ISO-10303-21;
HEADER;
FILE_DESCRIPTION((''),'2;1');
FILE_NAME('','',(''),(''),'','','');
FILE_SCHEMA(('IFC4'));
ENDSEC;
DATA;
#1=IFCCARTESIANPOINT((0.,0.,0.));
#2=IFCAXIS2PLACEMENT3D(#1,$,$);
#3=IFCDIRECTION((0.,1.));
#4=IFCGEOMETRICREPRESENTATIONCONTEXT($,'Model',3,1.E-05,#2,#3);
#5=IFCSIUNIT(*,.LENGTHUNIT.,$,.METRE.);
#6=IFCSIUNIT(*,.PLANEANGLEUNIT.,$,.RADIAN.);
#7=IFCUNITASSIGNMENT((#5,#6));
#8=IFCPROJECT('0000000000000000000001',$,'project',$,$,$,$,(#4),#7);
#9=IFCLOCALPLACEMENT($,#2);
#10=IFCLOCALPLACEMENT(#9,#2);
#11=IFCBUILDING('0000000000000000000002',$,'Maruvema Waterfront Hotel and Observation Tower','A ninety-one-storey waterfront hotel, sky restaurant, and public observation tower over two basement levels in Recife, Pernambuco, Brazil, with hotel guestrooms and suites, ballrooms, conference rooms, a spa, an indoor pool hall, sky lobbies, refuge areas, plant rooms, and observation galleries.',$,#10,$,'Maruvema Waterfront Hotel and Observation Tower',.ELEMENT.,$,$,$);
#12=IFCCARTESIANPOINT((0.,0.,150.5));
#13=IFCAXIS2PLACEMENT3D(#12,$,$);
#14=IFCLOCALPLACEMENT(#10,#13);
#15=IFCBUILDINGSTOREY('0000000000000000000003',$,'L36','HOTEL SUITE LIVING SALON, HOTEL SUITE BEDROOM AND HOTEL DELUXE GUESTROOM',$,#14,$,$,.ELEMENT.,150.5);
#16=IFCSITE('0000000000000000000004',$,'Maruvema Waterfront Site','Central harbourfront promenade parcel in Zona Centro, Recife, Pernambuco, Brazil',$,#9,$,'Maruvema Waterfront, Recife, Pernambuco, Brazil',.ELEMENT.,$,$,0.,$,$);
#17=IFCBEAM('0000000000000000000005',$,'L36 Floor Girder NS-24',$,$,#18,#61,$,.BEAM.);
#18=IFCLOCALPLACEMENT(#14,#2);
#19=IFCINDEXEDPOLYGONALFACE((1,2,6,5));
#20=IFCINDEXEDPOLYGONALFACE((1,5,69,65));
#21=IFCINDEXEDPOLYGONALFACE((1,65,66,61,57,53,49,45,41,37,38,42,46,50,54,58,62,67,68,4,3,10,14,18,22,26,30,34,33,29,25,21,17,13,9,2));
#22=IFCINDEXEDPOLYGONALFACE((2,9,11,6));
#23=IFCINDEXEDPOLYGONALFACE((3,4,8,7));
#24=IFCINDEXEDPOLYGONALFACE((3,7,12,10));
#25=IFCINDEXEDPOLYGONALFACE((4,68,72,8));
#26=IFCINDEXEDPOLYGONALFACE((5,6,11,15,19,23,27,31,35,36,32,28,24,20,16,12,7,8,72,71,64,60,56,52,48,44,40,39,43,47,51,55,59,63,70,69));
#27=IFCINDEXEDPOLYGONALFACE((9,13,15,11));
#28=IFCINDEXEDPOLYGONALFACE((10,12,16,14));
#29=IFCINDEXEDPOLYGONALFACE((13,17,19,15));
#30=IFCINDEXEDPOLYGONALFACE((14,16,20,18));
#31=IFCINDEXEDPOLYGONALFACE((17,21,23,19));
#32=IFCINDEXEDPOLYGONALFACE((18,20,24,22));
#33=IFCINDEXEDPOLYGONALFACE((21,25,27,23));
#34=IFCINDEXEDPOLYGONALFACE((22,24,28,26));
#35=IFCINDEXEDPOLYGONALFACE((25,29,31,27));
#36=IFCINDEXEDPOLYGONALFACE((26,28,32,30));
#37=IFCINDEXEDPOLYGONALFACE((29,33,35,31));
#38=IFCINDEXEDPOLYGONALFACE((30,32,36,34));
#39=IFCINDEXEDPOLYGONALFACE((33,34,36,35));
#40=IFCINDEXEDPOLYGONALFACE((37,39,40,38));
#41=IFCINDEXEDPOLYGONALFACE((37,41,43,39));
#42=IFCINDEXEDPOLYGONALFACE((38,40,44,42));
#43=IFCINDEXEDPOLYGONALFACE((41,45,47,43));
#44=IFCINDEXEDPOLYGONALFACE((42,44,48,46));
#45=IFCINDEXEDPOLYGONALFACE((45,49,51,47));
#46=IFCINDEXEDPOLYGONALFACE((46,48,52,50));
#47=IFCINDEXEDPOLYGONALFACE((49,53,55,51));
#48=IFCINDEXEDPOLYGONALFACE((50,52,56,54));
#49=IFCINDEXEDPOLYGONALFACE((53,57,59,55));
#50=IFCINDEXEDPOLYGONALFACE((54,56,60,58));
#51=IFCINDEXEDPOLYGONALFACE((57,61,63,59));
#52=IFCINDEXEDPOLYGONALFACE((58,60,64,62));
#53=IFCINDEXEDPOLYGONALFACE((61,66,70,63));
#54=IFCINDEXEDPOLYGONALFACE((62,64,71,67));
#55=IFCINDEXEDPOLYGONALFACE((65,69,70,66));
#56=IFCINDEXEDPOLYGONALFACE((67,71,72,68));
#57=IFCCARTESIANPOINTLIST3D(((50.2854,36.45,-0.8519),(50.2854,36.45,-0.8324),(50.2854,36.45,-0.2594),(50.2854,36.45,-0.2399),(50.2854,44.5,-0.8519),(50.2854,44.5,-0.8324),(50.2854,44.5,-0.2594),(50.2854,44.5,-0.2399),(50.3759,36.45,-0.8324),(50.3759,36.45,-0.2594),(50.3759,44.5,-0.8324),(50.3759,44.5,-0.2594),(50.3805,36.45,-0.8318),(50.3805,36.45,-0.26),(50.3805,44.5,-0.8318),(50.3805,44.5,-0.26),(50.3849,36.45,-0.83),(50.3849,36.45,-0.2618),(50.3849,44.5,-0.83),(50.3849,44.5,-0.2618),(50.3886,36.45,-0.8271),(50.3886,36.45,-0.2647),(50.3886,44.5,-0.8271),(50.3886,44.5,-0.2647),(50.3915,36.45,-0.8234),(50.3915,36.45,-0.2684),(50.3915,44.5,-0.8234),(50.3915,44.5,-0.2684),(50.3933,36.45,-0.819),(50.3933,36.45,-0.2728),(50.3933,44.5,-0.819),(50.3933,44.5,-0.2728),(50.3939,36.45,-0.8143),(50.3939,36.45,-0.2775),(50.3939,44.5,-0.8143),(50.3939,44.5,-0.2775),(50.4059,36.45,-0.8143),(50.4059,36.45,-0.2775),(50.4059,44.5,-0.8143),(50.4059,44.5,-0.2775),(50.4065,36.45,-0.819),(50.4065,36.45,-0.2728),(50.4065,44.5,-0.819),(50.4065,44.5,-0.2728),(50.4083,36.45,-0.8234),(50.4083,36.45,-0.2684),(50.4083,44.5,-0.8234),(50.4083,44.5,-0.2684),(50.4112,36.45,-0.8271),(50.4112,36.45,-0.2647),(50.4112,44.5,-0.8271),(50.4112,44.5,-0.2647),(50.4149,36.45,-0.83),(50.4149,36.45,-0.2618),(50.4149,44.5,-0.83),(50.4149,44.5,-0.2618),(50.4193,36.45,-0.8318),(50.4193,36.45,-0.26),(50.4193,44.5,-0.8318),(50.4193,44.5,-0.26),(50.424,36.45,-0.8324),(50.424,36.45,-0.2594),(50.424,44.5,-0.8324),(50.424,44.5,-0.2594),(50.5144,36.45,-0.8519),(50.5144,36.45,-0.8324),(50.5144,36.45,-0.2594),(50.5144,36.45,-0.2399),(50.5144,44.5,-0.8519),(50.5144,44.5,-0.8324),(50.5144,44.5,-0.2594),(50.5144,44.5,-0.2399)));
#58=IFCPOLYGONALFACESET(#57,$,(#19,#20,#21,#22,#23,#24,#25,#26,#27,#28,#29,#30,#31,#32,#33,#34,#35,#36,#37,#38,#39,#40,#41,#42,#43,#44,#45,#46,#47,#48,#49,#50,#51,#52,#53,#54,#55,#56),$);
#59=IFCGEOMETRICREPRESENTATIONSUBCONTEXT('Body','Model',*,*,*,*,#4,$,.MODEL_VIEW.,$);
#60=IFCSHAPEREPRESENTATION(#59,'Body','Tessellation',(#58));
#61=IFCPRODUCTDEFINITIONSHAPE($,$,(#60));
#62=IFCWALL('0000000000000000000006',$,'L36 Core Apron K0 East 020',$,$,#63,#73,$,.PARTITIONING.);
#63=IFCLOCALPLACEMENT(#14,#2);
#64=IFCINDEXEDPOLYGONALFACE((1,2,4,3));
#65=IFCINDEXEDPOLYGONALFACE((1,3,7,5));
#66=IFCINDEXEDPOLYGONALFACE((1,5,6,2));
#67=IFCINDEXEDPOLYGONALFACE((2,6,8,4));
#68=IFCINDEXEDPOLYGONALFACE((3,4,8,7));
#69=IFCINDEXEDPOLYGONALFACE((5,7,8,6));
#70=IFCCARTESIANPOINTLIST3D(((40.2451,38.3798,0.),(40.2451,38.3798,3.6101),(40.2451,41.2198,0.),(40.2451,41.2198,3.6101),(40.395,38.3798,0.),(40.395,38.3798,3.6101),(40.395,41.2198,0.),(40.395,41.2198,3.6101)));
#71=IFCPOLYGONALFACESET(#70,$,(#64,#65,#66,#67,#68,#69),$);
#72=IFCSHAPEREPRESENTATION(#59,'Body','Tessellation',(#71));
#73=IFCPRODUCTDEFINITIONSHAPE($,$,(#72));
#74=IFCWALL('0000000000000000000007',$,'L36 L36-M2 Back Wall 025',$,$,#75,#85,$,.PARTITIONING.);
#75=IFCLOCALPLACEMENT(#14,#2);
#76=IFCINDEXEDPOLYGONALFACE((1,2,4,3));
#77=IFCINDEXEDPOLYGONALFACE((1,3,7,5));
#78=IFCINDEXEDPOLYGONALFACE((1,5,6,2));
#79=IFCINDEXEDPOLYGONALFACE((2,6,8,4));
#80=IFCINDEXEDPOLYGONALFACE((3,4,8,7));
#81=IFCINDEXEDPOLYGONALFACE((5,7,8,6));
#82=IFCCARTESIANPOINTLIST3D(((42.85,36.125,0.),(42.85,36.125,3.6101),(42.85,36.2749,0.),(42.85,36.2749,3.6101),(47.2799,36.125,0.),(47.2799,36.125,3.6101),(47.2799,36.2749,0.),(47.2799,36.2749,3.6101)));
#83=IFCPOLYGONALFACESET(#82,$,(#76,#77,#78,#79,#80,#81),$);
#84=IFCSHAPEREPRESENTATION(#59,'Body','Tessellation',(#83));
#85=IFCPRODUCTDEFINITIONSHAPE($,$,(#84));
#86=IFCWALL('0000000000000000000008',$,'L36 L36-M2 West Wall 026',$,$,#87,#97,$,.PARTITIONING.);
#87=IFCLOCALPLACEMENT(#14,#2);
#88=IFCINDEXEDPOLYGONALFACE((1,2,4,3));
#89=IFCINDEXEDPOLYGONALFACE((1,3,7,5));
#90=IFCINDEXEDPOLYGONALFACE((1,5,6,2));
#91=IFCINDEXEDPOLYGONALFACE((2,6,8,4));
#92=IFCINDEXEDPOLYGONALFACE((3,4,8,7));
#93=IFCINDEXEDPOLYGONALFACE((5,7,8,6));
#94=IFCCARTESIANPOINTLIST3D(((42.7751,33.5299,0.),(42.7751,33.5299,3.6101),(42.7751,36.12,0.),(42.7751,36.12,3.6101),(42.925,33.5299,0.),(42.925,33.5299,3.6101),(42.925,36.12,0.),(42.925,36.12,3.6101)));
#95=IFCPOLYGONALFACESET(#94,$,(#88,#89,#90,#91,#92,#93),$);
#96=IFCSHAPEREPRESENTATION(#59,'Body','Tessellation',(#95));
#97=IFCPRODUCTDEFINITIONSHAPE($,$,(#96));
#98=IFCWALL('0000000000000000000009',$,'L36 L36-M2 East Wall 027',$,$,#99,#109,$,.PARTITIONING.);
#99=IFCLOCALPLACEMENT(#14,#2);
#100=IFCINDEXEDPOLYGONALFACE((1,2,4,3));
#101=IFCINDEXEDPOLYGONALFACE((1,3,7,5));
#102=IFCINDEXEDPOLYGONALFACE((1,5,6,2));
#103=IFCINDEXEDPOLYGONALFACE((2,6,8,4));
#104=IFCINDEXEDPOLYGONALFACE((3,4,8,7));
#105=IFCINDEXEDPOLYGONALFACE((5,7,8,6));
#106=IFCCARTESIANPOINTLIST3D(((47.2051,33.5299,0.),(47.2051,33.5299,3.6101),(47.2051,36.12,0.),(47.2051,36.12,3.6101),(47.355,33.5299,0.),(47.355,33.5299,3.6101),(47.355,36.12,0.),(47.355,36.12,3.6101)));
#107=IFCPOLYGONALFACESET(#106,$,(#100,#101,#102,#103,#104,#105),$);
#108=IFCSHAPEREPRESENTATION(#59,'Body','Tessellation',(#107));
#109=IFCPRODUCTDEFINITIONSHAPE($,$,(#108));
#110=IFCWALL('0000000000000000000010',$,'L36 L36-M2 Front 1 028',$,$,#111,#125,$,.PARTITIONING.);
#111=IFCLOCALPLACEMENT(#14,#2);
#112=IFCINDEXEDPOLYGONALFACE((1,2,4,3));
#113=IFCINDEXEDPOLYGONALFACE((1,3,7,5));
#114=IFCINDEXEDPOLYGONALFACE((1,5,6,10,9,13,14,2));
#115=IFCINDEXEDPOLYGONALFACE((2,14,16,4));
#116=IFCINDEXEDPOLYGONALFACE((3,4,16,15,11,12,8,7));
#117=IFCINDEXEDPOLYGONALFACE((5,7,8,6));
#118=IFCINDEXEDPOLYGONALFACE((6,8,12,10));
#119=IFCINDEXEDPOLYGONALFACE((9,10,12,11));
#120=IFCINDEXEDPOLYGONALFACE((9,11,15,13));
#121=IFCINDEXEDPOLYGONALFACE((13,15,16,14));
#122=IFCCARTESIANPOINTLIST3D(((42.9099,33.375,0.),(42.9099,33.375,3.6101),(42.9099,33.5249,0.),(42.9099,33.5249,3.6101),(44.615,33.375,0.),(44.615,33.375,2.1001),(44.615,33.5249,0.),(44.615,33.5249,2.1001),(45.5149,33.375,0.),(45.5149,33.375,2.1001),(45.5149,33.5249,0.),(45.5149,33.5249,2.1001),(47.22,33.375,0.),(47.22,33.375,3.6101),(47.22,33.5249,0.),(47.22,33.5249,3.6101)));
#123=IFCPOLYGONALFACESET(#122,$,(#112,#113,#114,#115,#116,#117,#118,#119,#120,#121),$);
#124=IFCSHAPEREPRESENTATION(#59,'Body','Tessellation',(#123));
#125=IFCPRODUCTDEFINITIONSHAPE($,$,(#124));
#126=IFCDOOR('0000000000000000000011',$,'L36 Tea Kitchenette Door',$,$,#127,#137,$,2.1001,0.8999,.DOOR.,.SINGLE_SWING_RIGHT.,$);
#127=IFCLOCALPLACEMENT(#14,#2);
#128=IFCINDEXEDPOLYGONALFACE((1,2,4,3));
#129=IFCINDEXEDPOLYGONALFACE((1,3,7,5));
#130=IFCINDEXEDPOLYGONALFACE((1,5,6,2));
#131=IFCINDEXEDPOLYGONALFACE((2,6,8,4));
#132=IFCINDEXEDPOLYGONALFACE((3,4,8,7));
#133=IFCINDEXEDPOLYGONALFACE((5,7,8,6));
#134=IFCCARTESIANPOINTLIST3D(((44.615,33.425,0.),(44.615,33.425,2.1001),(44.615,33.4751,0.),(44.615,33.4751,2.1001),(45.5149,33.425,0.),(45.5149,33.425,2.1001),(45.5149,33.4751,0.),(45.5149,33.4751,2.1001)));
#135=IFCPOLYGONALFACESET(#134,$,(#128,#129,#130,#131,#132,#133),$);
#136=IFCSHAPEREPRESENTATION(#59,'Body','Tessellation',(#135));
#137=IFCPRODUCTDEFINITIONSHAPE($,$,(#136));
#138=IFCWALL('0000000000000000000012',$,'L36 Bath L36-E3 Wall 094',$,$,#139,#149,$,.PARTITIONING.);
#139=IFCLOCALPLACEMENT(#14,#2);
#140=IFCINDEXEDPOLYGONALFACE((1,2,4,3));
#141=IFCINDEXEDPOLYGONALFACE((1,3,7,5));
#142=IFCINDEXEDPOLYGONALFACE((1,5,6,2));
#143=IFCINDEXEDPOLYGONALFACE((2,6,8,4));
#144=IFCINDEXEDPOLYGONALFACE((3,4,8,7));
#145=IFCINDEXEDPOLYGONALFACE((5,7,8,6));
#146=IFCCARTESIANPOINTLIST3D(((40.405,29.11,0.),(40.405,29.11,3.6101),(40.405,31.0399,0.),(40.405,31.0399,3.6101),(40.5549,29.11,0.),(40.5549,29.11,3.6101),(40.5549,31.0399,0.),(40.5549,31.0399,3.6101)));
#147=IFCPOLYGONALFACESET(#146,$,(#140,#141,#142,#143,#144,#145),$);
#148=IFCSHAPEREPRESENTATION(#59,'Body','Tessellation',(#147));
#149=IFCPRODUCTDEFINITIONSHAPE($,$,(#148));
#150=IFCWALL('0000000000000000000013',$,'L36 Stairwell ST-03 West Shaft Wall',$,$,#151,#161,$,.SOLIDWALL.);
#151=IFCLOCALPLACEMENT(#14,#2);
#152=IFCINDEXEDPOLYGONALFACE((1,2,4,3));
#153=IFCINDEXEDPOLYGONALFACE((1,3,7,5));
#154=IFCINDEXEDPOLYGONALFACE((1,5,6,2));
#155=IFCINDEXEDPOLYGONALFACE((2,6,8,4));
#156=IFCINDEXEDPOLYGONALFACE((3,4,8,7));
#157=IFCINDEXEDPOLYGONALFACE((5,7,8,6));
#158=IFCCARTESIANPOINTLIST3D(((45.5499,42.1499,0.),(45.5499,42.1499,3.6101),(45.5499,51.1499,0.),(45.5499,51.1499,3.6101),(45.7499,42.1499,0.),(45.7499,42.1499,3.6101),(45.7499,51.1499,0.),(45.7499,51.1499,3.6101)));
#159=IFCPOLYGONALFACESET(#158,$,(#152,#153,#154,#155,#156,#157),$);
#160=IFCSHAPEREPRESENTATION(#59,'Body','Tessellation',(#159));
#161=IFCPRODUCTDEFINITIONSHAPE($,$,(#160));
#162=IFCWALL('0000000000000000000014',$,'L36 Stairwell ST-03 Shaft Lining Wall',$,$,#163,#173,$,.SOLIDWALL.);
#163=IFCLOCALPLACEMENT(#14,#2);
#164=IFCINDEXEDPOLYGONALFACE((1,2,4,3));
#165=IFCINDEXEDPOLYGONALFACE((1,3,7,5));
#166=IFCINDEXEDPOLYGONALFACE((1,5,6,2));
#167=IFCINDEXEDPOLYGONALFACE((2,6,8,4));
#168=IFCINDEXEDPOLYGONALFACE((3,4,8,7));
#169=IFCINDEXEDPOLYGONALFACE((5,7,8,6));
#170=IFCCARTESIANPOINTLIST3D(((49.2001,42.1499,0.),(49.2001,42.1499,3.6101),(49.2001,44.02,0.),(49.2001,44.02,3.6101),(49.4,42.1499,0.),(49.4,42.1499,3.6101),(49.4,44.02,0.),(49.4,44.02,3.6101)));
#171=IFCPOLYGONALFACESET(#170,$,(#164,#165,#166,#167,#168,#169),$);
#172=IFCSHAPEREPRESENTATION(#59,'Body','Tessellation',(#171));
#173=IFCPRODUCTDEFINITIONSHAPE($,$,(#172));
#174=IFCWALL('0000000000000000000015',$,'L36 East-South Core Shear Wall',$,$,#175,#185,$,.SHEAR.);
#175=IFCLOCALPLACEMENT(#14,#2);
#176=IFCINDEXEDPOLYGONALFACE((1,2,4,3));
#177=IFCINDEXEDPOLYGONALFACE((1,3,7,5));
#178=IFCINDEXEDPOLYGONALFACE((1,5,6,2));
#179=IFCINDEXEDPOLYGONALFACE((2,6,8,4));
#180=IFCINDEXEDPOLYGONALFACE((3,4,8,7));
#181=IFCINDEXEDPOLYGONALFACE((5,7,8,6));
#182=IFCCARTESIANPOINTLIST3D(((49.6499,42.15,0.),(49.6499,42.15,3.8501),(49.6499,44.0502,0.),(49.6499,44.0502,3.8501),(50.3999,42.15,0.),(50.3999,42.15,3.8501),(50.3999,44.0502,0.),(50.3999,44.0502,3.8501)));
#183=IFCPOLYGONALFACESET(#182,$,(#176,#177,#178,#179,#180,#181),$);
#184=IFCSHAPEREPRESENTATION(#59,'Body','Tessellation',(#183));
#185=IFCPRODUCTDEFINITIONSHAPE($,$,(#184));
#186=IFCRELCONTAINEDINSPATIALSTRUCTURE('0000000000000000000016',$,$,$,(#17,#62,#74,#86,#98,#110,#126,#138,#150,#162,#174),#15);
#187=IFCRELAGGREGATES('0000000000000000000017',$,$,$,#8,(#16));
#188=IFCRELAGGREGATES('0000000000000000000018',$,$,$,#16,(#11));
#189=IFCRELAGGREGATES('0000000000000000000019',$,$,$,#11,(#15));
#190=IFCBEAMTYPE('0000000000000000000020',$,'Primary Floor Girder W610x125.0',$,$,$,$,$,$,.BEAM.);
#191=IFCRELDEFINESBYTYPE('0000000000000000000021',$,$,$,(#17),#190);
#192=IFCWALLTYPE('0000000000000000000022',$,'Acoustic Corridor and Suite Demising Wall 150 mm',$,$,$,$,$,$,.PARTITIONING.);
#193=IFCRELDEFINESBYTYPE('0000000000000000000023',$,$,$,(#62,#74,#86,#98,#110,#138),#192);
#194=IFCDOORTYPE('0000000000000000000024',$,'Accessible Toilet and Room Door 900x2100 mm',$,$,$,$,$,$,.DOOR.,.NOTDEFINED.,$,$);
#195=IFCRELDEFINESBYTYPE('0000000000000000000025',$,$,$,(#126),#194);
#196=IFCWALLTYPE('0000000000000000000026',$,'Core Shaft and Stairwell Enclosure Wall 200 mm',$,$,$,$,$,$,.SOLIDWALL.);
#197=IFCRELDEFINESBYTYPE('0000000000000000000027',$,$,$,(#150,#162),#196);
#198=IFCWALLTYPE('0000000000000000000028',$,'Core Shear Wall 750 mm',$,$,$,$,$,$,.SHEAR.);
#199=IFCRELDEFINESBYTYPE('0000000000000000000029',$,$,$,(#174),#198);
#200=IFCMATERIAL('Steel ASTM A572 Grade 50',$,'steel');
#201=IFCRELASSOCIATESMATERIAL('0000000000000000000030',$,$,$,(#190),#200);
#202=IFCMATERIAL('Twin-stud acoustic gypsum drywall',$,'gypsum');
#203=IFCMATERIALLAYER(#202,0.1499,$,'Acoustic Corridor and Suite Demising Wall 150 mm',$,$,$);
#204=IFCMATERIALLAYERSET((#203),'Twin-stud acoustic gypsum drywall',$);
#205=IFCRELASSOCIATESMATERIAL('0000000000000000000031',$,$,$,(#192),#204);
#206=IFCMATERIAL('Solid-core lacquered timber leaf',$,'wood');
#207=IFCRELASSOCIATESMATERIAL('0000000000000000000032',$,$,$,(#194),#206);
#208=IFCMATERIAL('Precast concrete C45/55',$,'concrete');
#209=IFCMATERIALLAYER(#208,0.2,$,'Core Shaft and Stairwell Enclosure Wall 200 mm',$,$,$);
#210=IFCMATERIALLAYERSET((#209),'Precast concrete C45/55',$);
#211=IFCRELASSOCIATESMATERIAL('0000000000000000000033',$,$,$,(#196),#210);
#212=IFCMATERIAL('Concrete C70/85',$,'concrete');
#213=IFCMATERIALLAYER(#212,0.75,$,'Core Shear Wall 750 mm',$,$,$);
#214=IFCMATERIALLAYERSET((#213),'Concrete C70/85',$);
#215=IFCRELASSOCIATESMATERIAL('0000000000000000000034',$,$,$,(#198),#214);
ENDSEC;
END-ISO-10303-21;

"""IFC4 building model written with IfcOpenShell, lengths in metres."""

from ifc_helpers import new_model, si_unit, direction, frame, frame_2d, origin, origin_2d, place, context, subcontext, project, spatial, rectangle, i_section, extrude, material, layer, layer_set, material_profile, profile_set, type_object, element, fill, save


model = new_model("IFC4")

# Units and contexts
model_context = context("Model", 3, precision=1e-05, world=origin(), true_north=direction((0.0, 1.0)))
body_context = subcontext(model_context, "Body", "Model", "MODEL_VIEW")
ifc_project = project(units=[si_unit("LENGTHUNIT", "METRE"), si_unit("PLANEANGLEUNIT", "RADIAN")], contexts=[model_context])

# Site, building, storey
site_placement = place(None, origin())
site = spatial("IfcSite", under=ifc_project, at=site_placement, Name="Maruvema Waterfront Site", Description="Central harbourfront promenade parcel in Zona Centro, Recife, Pernambuco, Brazil", LongName="Maruvema Waterfront, Recife, Pernambuco, Brazil", CompositionType="ELEMENT", RefElevation=0.0)
building_placement = place(site_placement, origin())
building = spatial("IfcBuilding", under=site, at=building_placement, Name="Maruvema Waterfront Hotel and Observation Tower", Description="A ninety-one-storey waterfront hotel, sky restaurant, and public observation tower over two basement levels in Recife, Pernambuco, Brazil, with hotel guestrooms and suites, ballrooms, conference rooms, a spa, an indoor pool hall, sky lobbies, refuge areas, plant rooms, and observation galleries.", LongName="Maruvema Waterfront Hotel and Observation Tower", CompositionType="ELEMENT")
storey_placement = place(building_placement, frame((0.0, 0.0, 150.5)))
storey = spatial("IfcBuildingStorey", under=building, at=storey_placement, Name="L36", Description="HOTEL SUITE LIVING SALON, HOTEL SUITE BEDROOM AND HOTEL DELUXE GUESTROOM", CompositionType="ELEMENT", Elevation=150.5)

# Beam
ifc_material_1 = material(Name="Steel ASTM A572 Grade 50", Category="steel")
ifc_material_profile_1 = material_profile(ifc_material_1, i_section(OverallWidth=0.229, OverallDepth=0.6121, WebThickness=0.012, FlangeThickness=0.0195, FilletRadius=0.0181, at=origin_2d()), Name="W610x125.0")
ifc_profile_set_1 = profile_set([ifc_material_profile_1], Name="Steel ASTM A572 Grade 50")
beam_type_1 = type_object("IfcBeamType", Name="Primary Floor Girder W610x125.0", PredefinedType="BEAM", material=ifc_profile_set_1)
for number, where, z_axis, x_axis, name in (
    (1, (50.3999, 36.45, -0.5459), (0.0, 1.0, 0.0), (-1.0, 0.0, 0.0), "L36 Floor Girder NS-24"),
):
    element("IfcBeam", number, at=place(storey_placement, frame(where, z_axis=z_axis, x_axis=x_axis)), inside=storey, type_object=beam_type_1, Name=name, PredefinedType="BEAM", context=body_context, shape_type="SweptSolid", body=[
        extrude(i_section(OverallWidth=0.229, OverallDepth=0.6121, WebThickness=0.012, FlangeThickness=0.0195, FilletRadius=0.0181, at=origin_2d()), origin(), (0.0, 0.0, 1.0), 8.05),
    ])

# Walls
ifc_material_2 = material(Name="Twin-stud acoustic gypsum drywall", Category="gypsum")
ifc_layer_1 = layer(ifc_material_2, 0.1499, Name="Acoustic Corridor and Suite Demising Wall 150 mm")
ifc_layer_set_1 = layer_set([ifc_layer_1], Name="Twin-stud acoustic gypsum drywall")
wall_type_1 = type_object("IfcWallType", Name="Acoustic Corridor and Suite Demising Wall 150 mm", PredefinedType="PARTITIONING", material=ifc_layer_set_1)
wall_1_placement = place(storey_placement, frame((40.3201, 38.3799, 0.0), z_axis=(0.0, 0.0, 1.0), x_axis=(0.0, 1.0, 0.0)))
element("IfcWall", 2, at=wall_1_placement, inside=storey, type_object=wall_type_1, Name="L36 Core Apron K0 East 020", PredefinedType="PARTITIONING", context=body_context, shape_type="SweptSolid", body=[
    extrude(rectangle(XDim=2.8401, YDim=0.1499, at=frame_2d((1.4199, 0.0))), origin(), (0.0, 0.0, 1.0), 3.6101),
])
wall_2_placement = place(storey_placement, frame((42.8501, 36.2, 0.0), z_axis=(0.0, 0.0, 1.0), x_axis=(1.0, 0.0, 0.0)))
element("IfcWall", 3, at=wall_2_placement, inside=storey, type_object=wall_type_1, Name="L36 L36-M2 Back Wall 025", PredefinedType="PARTITIONING", context=body_context, shape_type="SweptSolid", body=[
    extrude(rectangle(XDim=4.4299, YDim=0.1499, at=frame_2d((2.2148, 0.0))), origin(), (0.0, 0.0, 1.0), 3.6101),
])
for number, where, z_axis, x_axis, name in (
    (4, (42.8501, 33.53, 0.0), (0.0, 0.0, 1.0), (0.0, 1.0, 0.0), "L36 L36-M2 West Wall 026"),
    (5, (47.28, 33.53, 0.0), (0.0, 0.0, 1.0), (0.0, 1.0, 0.0), "L36 L36-M2 East Wall 027"),
):
    element("IfcWall", number, at=place(storey_placement, frame(where, z_axis=z_axis, x_axis=x_axis)), inside=storey, type_object=wall_type_1, Name=name, PredefinedType="PARTITIONING", context=body_context, shape_type="SweptSolid", body=[
        extrude(rectangle(XDim=2.5901, YDim=0.1499, at=frame_2d((1.2949, 0.0))), origin(), (0.0, 0.0, 1.0), 3.6101),
    ])

# Wall, opening, door
wall_3_placement = place(storey_placement, frame((42.9099, 33.45, 0.0), z_axis=(0.0, 0.0, 1.0), x_axis=(1.0, 0.0, 0.0)))
wall_3 = element("IfcWall", 6, at=wall_3_placement, inside=storey, type_object=wall_type_1, Name="L36 L36-M2 Front 1 028", PredefinedType="PARTITIONING", context=body_context, shape_type="SweptSolid", body=[
    extrude(rectangle(XDim=4.3101, YDim=0.1499, at=frame_2d((2.155, 0.0))), origin(), (0.0, 0.0, 1.0), 3.6101),
])
opening_1_placement = place(wall_3_placement, frame((1.7051, 0.0, 0.0)))
opening_1 = element("IfcOpeningElement", 7, at=opening_1_placement, cuts=wall_3, PredefinedType="OPENING", context=body_context, shape_type="SweptSolid", body=[
    extrude(rectangle(XDim=0.8999, YDim=2.1001, at=frame_2d((0.45, 1.05))), frame((0.0, 0.085, 0.0), z_axis=(0.0, -1.0, 0.0), x_axis=(1.0, 0.0, 0.0)), (0.0, 0.0, 1.0), 0.1699),
])
ifc_material_3 = material(Name="Solid-core lacquered timber leaf", Category="wood")
door_type_1 = type_object("IfcDoorType", Name="Accessible Toilet and Room Door 900x2100 mm", OperationType="NOTDEFINED", PredefinedType="DOOR", material=ifc_material_3)
door_1_placement = place(opening_1_placement, frame((0.8999, 0.0, 0.0), z_axis=(0.0, 0.0, 1.0), x_axis=(-1.0, 0.0, 0.0)))
door_1 = element("IfcDoor", 8, at=door_1_placement, inside=storey, type_object=door_type_1, Name="L36 Tea Kitchenette Door", OperationType="SINGLE_SWING_RIGHT", OverallHeight=2.1001, OverallWidth=0.8999, PredefinedType="DOOR", context=body_context, shape_type="SweptSolid", body=[
    extrude(rectangle(XDim=0.8999, YDim=2.1001, at=frame_2d((0.45, 1.05))), frame((0.0, 0.0249, 0.0), z_axis=(0.0, -1.0, 0.0), x_axis=(1.0, 0.0, 0.0)), (0.0, 0.0, 1.0), 0.05),
])
fill(opening_1, door_1)

# Walls
wall_4_placement = place(storey_placement, frame((40.48, 29.1101, 0.0), z_axis=(0.0, 0.0, 1.0), x_axis=(0.0, 1.0, 0.0)))
element("IfcWall", 9, at=wall_4_placement, inside=storey, type_object=wall_type_1, Name="L36 Bath L36-E3 Wall 094", PredefinedType="PARTITIONING", context=body_context, shape_type="SweptSolid", body=[
    extrude(rectangle(XDim=1.9299, YDim=0.1499, at=frame_2d((0.9648, 0.0))), origin(), (0.0, 0.0, 1.0), 3.6101),
])
ifc_material_4 = material(Name="Precast concrete C45/55", Category="concrete")
ifc_layer_2 = layer(ifc_material_4, 0.2, Name="Core Shaft and Stairwell Enclosure Wall 200 mm")
ifc_layer_set_2 = layer_set([ifc_layer_2], Name="Precast concrete C45/55")
wall_type_2 = type_object("IfcWallType", Name="Core Shaft and Stairwell Enclosure Wall 200 mm", PredefinedType="SOLIDWALL", material=ifc_layer_set_2)
wall_5_placement = place(storey_placement, frame((45.6499, 42.1499, 0.0), z_axis=(0.0, 0.0, 1.0), x_axis=(0.0, 1.0, 0.0)))
element("IfcWall", 10, at=wall_5_placement, inside=storey, type_object=wall_type_2, Name="L36 Stairwell ST-03 West Shaft Wall", PredefinedType="SOLIDWALL", context=body_context, shape_type="SweptSolid", body=[
    extrude(rectangle(XDim=9.0, YDim=0.2, at=frame_2d((4.5, 0.0))), origin(), (0.0, 0.0, 1.0), 3.6101),
])
wall_6_placement = place(storey_placement, frame((49.3, 42.1499, 0.0), z_axis=(0.0, 0.0, 1.0), x_axis=(0.0, 1.0, 0.0)))
element("IfcWall", 11, at=wall_6_placement, inside=storey, type_object=wall_type_2, Name="L36 Stairwell ST-03 Shaft Lining Wall", PredefinedType="SOLIDWALL", context=body_context, shape_type="SweptSolid", body=[
    extrude(rectangle(XDim=1.8701, YDim=0.2, at=frame_2d((0.9351, 0.0))), origin(), (0.0, 0.0, 1.0), 3.6101),
])

# Shared definitions
ifc_material_5 = material(Name="Concrete C70/85", Category="concrete")
ifc_layer_3 = layer(ifc_material_5, 0.75, Name="Core Shear Wall 750 mm")
ifc_layer_set_3 = layer_set([ifc_layer_3], Name="Concrete C70/85")
wall_type_3 = type_object("IfcWallType", Name="Core Shear Wall 750 mm", PredefinedType="SHEAR", material=ifc_layer_set_3)

# Wall
wall_7_placement = place(storey_placement, frame((50.0249, 42.1499, 0.0), z_axis=(0.0, 0.0, 1.0), x_axis=(0.0, 1.0, 0.0)))
element("IfcWall", 12, at=wall_7_placement, inside=storey, type_object=wall_type_3, Name="L36 East-South Core Shear Wall", PredefinedType="SHEAR", context=body_context, shape_type="SweptSolid", body=[
    extrude(rectangle(XDim=1.9001, YDim=0.75, at=frame_2d((0.9502, 0.0))), origin(), (0.0, 0.0, 1.0), 3.8501),
])

save(model, "model.ifc")
